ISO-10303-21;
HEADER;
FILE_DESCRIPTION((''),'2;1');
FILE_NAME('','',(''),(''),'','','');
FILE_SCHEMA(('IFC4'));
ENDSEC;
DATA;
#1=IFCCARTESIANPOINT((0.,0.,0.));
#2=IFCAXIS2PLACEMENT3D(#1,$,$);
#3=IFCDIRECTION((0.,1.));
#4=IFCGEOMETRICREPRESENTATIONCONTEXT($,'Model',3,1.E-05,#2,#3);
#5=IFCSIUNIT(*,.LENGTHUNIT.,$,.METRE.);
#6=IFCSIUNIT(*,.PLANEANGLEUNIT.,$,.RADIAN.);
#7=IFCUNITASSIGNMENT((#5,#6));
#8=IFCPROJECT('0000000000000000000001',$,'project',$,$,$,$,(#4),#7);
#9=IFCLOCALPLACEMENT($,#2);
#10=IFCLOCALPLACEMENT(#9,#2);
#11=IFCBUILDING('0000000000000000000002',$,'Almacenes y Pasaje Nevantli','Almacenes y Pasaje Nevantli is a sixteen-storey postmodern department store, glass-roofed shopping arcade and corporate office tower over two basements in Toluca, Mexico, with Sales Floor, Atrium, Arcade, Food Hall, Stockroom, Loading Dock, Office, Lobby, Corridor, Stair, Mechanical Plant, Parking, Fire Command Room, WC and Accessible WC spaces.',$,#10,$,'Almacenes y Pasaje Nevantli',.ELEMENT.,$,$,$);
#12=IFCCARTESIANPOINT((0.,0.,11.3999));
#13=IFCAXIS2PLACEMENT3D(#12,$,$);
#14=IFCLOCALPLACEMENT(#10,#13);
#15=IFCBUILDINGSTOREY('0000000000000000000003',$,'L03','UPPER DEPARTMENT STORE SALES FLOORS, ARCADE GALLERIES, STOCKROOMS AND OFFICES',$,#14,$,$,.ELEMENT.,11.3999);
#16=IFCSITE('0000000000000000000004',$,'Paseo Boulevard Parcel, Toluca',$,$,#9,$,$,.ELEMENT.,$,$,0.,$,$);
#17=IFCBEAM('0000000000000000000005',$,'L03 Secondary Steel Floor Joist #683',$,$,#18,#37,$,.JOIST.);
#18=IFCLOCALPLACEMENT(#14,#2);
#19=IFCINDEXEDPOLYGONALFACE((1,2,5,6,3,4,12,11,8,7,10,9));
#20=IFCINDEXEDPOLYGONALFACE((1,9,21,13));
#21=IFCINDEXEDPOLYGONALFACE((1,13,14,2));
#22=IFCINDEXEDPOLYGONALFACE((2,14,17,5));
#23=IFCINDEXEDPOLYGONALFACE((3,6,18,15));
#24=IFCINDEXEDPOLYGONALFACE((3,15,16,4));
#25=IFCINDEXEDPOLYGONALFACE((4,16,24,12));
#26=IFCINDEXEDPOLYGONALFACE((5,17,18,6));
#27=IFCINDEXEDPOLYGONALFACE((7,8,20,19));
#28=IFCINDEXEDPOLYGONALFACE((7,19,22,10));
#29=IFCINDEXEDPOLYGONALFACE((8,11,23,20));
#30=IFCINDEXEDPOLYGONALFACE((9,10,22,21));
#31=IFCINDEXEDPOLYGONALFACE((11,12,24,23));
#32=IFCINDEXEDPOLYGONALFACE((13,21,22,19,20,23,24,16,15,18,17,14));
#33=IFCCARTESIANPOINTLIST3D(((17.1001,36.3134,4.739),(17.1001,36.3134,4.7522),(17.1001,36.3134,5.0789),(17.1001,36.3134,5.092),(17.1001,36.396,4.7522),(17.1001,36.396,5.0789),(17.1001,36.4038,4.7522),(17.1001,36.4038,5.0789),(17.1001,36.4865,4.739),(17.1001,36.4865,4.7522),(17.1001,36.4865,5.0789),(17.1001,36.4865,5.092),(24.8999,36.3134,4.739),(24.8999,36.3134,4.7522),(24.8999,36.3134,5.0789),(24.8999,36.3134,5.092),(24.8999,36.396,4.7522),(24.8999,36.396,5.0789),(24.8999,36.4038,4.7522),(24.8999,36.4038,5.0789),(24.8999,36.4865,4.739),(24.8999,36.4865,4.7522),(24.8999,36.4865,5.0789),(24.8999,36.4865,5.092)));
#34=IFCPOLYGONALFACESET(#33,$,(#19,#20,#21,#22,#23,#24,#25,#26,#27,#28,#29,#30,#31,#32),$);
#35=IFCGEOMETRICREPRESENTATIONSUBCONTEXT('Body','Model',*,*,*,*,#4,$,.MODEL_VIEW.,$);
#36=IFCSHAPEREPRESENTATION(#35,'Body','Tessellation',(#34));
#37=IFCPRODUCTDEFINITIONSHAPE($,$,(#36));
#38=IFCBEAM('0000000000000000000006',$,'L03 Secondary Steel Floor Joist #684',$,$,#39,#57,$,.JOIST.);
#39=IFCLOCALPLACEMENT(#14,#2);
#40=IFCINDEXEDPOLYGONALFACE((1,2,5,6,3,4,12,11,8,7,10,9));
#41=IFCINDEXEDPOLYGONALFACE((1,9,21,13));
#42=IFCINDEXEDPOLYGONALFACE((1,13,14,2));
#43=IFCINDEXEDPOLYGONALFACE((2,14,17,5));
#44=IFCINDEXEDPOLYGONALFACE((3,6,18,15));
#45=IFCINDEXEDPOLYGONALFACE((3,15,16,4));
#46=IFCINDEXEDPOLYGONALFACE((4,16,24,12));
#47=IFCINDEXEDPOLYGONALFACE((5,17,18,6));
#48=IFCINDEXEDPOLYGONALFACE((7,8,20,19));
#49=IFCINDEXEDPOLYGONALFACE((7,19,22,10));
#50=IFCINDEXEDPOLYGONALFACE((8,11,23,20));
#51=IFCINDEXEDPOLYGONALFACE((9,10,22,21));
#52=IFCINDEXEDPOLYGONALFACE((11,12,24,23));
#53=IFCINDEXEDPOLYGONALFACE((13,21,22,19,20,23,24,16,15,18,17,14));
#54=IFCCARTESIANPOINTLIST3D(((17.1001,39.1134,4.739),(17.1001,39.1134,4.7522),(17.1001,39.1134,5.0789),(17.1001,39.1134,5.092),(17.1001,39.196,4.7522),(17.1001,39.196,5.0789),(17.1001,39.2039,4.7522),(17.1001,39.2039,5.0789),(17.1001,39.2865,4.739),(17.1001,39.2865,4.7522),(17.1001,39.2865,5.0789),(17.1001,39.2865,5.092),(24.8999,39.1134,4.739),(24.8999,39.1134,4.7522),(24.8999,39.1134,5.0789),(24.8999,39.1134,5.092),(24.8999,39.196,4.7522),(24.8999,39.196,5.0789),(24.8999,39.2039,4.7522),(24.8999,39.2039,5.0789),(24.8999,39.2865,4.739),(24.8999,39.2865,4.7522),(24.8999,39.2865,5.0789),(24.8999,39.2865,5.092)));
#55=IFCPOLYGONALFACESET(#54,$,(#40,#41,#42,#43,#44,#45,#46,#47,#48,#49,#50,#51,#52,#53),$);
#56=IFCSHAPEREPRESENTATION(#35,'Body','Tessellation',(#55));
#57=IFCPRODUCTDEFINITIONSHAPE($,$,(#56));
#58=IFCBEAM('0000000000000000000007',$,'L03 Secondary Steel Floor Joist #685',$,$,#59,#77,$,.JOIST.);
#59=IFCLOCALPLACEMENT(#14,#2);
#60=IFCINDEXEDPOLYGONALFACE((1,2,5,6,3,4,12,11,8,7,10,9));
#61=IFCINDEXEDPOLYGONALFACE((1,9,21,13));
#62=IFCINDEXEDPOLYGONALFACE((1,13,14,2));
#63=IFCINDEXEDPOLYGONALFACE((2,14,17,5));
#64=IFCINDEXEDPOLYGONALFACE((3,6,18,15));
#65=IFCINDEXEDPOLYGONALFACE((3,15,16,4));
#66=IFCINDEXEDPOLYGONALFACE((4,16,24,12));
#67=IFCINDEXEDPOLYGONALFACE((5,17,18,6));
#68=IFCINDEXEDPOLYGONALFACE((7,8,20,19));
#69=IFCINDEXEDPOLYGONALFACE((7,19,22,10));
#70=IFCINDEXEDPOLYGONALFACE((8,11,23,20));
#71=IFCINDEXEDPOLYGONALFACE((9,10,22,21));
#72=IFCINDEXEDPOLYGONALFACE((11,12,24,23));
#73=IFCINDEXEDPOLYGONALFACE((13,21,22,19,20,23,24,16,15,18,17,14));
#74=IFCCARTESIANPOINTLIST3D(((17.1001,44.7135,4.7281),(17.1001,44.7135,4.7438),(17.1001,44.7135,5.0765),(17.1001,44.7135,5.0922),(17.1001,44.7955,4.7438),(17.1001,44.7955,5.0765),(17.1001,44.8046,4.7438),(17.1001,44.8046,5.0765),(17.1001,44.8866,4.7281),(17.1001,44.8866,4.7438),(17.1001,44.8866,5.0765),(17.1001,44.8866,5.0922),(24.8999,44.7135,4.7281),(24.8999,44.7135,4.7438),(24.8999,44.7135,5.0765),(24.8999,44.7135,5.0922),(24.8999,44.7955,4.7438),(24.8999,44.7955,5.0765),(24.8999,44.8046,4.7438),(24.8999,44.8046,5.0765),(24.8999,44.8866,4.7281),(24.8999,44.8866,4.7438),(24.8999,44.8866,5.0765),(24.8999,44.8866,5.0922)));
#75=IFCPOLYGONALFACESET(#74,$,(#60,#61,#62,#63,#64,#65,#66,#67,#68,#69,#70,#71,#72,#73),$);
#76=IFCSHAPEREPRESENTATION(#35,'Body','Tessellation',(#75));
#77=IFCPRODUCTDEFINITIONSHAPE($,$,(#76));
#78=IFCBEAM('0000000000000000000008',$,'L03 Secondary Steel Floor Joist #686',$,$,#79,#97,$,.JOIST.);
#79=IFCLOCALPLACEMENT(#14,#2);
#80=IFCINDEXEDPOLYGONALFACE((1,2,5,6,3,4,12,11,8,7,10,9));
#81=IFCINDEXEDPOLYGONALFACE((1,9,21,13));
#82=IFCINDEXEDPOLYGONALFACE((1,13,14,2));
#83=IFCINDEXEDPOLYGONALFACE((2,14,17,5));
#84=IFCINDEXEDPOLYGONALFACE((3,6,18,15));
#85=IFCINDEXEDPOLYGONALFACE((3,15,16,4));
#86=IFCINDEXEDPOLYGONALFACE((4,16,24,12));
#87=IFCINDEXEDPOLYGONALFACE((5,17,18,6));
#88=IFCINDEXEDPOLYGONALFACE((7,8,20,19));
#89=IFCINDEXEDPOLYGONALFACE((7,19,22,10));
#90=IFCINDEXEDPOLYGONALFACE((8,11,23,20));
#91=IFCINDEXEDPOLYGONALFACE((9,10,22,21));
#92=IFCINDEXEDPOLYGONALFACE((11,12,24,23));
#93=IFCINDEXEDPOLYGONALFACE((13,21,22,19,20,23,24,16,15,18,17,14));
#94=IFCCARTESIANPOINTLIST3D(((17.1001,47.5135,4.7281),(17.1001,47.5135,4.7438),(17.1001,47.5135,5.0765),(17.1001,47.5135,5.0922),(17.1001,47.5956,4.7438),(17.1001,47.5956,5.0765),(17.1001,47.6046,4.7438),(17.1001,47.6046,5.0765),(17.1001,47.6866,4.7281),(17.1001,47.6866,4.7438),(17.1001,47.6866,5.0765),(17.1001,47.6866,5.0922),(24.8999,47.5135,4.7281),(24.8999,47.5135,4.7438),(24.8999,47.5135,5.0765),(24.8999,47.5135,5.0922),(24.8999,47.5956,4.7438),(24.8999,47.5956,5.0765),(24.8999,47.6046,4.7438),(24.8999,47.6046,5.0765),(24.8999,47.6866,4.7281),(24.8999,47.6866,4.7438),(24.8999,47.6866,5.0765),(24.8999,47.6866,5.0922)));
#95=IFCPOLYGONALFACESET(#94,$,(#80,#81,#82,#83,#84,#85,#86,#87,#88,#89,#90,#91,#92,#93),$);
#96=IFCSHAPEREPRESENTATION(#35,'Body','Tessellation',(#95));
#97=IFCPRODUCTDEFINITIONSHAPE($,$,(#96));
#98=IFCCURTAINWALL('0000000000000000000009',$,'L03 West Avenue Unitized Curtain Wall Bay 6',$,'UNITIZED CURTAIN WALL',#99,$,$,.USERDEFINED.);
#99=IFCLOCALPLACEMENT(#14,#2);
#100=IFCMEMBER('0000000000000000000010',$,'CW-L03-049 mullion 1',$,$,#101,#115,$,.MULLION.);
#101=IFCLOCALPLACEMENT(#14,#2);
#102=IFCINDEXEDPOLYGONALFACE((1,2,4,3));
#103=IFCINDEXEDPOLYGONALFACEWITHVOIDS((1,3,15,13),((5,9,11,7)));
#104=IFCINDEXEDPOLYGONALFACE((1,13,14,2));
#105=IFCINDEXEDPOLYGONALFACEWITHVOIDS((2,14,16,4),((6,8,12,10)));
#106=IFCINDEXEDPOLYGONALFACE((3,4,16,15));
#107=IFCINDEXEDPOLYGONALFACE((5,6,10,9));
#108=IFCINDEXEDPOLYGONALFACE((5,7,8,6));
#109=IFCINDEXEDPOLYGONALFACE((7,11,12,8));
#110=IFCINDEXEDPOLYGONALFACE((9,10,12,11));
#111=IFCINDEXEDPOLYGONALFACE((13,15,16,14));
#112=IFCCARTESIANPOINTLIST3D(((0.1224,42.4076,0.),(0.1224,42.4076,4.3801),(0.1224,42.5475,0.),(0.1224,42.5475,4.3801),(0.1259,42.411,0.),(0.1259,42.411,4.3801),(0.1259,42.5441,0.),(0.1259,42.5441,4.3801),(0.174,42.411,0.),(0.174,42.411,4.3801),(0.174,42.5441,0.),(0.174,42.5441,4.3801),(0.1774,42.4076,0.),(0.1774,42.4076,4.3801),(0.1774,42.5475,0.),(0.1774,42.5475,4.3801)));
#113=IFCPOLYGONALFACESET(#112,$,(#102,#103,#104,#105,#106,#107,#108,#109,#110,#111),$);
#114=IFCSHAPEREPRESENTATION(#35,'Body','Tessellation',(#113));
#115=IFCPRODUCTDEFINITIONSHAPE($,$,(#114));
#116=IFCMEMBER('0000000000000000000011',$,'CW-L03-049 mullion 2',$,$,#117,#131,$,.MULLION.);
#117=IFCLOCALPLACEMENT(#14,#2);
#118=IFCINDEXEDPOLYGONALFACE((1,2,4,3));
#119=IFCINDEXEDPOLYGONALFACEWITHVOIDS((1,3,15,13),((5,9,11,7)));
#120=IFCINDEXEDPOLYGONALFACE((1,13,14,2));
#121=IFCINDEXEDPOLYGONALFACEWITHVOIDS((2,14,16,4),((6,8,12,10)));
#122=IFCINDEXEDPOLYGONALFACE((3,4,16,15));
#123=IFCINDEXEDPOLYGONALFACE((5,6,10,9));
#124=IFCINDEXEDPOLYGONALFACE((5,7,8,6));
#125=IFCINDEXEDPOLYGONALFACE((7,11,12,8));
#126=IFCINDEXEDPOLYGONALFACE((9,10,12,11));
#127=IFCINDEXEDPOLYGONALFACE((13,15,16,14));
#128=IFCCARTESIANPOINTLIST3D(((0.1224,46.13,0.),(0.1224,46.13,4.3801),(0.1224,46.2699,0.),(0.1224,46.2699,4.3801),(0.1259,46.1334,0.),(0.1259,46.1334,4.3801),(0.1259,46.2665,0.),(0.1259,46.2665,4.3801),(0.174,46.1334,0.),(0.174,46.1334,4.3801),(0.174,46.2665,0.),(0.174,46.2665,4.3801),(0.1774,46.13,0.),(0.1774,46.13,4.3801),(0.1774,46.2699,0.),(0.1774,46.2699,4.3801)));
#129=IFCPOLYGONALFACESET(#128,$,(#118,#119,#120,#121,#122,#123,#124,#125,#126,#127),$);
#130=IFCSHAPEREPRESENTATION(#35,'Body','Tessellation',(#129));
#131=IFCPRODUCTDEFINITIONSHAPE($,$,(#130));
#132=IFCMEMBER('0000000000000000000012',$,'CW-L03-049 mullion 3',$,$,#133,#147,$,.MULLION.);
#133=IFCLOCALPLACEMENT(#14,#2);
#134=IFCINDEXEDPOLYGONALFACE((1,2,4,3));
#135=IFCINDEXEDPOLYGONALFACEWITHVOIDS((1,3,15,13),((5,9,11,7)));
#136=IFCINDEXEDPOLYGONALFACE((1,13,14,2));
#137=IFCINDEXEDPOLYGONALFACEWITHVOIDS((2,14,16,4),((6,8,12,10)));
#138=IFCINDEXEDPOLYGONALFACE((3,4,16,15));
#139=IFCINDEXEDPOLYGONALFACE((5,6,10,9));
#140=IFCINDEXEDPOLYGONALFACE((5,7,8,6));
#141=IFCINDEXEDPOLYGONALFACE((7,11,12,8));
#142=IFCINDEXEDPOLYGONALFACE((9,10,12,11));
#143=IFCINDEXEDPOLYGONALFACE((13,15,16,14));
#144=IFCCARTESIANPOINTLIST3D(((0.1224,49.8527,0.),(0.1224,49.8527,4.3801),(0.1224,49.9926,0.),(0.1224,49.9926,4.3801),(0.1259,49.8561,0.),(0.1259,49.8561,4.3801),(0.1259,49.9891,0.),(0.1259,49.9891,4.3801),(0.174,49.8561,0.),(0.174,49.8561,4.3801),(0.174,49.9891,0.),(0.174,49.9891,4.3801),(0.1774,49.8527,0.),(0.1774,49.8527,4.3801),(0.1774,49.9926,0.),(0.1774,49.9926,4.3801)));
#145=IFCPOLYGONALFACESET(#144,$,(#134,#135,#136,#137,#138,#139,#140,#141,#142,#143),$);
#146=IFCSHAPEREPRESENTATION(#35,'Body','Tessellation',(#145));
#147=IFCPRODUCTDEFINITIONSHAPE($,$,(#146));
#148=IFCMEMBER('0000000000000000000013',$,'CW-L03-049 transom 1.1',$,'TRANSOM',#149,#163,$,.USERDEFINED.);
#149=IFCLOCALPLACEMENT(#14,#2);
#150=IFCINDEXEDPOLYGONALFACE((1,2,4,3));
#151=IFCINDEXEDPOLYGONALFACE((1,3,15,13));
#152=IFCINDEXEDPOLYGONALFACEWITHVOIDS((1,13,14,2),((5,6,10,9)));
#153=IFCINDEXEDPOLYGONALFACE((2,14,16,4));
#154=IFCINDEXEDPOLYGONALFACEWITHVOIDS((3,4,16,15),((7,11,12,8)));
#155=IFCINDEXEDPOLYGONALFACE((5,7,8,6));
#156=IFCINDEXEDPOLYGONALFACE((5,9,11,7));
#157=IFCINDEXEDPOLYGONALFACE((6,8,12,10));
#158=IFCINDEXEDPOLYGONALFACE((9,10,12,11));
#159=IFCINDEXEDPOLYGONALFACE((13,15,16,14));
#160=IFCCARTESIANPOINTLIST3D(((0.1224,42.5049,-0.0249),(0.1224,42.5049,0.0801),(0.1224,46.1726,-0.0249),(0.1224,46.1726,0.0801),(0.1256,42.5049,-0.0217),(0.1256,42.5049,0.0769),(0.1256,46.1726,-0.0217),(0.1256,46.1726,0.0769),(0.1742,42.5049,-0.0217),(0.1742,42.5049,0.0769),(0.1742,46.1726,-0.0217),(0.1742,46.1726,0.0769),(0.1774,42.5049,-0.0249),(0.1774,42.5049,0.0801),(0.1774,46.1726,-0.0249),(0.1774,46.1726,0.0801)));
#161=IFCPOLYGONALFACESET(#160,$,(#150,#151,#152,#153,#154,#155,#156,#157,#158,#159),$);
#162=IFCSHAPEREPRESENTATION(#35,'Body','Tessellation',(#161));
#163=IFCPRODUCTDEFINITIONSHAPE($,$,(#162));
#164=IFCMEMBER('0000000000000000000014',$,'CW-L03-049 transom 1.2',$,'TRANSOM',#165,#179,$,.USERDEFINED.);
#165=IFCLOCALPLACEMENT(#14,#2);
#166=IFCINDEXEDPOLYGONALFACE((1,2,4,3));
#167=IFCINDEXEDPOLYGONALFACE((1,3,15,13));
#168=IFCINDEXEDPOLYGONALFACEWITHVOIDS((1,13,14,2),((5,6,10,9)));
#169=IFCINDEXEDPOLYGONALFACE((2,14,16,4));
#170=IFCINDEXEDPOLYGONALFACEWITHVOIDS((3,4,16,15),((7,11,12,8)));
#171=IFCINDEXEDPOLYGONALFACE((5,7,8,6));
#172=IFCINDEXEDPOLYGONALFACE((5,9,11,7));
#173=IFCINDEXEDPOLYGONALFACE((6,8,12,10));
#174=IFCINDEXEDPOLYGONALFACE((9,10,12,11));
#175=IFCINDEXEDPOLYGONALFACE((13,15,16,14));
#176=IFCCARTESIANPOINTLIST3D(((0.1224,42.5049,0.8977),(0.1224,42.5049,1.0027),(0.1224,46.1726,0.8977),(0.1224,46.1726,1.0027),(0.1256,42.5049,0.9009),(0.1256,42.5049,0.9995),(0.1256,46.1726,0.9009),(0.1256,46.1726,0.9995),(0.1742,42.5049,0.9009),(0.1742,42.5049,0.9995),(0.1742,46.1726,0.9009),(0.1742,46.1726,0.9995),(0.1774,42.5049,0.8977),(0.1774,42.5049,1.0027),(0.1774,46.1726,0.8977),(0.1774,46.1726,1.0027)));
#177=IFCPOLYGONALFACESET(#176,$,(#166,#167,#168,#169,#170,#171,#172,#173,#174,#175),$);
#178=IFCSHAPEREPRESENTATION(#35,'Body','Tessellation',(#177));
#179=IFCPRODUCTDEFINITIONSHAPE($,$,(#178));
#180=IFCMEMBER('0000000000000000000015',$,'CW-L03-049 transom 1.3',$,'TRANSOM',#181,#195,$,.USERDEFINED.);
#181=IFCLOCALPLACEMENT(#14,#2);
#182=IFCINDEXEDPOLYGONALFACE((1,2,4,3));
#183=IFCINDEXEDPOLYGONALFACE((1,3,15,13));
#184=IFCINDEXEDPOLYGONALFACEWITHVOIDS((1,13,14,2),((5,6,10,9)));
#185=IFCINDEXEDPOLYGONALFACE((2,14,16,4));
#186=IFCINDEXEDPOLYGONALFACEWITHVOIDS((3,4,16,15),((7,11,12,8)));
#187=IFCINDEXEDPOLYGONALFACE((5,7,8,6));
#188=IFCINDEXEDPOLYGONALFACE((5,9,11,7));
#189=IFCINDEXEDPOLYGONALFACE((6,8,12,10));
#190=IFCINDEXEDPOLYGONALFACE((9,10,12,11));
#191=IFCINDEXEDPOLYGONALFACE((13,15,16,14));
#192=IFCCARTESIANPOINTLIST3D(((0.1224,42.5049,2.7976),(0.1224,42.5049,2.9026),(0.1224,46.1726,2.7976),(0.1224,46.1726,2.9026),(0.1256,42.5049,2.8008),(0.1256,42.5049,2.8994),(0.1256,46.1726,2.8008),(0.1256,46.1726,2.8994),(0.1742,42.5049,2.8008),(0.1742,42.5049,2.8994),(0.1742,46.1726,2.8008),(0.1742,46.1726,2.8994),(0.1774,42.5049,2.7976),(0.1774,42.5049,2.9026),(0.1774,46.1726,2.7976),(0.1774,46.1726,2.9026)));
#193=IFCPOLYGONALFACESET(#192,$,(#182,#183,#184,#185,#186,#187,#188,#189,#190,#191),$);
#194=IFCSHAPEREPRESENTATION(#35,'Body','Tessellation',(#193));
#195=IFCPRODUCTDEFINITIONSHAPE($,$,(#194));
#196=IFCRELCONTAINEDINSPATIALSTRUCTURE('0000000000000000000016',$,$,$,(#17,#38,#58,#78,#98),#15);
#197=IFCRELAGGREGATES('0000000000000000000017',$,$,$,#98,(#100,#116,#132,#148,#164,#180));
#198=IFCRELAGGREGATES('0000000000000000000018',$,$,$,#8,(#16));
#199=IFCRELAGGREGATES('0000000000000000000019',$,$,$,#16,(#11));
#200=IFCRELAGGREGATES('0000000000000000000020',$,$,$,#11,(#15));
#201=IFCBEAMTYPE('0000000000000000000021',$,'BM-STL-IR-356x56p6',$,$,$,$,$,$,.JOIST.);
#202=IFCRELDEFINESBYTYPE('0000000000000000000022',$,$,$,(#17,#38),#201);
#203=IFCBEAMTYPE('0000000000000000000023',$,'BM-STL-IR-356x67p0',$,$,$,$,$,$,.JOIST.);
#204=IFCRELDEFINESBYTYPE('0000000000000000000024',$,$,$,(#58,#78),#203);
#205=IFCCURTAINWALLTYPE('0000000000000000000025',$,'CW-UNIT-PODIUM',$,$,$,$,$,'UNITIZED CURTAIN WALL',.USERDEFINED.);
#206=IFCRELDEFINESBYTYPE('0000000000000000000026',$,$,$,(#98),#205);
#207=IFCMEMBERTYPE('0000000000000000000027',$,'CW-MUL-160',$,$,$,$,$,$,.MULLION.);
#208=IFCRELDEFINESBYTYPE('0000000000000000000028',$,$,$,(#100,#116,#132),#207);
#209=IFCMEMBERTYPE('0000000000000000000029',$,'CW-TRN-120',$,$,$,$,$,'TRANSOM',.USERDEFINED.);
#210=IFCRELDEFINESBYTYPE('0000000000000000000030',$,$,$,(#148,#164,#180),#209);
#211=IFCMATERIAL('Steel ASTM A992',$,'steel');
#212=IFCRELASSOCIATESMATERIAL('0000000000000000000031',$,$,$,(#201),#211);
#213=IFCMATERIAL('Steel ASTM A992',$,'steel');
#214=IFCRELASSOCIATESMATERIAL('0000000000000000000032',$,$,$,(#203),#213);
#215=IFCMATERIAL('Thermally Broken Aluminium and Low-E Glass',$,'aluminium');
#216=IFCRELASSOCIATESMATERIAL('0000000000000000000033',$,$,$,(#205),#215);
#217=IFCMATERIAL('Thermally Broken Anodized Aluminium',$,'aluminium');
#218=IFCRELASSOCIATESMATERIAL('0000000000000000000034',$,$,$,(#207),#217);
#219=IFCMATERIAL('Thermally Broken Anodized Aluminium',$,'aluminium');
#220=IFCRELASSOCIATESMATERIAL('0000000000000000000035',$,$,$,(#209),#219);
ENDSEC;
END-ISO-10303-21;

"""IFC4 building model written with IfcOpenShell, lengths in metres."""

from ifc_helpers import new_model, si_unit, direction, frame, origin, origin_2d, place, context, subcontext, project, spatial, hollow_rectangle, i_section, extrude, material, material_profile, profile_set, type_object, element, aggregate, save


model = new_model("IFC4")

# Units and contexts
model_context = context("Model", 3, precision=1e-05, world=origin(), true_north=direction((0.0, 1.0)))
body_context = subcontext(model_context, "Body", "Model", "MODEL_VIEW")
ifc_project = project(units=[si_unit("LENGTHUNIT", "METRE"), si_unit("PLANEANGLEUNIT", "RADIAN")], contexts=[model_context])

# Site, building, storey
site_placement = place(None, origin())
site = spatial("IfcSite", under=ifc_project, at=site_placement, Name="Paseo Boulevard Parcel, Toluca", CompositionType="ELEMENT", RefElevation=0.0)
building_placement = place(site_placement, origin())
building = spatial("IfcBuilding", under=site, at=building_placement, Name="Almacenes y Pasaje Nevantli", Description="Almacenes y Pasaje Nevantli is a sixteen-storey postmodern department store, glass-roofed shopping arcade and corporate office tower over two basements in Toluca, Mexico, with Sales Floor, Atrium, Arcade, Food Hall, Stockroom, Loading Dock, Office, Lobby, Corridor, Stair, Mechanical Plant, Parking, Fire Command Room, WC and Accessible WC spaces.", LongName="Almacenes y Pasaje Nevantli", CompositionType="ELEMENT")
storey_placement = place(building_placement, frame((0.0, 0.0, 11.3999)))
storey = spatial("IfcBuildingStorey", under=building, at=storey_placement, Name="L03", Description="UPPER DEPARTMENT STORE SALES FLOORS, ARCADE GALLERIES, STOCKROOMS AND OFFICES", CompositionType="ELEMENT", Elevation=11.3999)

# Beams
ifc_material_1 = material(Name="Steel ASTM A992", Category="steel")
ifc_material_profile_1 = material_profile(ifc_material_1, i_section(OverallWidth=0.1731, OverallDepth=0.353, WebThickness=0.0078, FlangeThickness=0.0132, at=origin_2d()), Name="IR 356x56.6")
ifc_profile_set_1 = profile_set([ifc_material_profile_1], Name="Steel ASTM A992")
beam_type_1 = type_object("IfcBeamType", Name="BM-STL-IR-356x56p6", PredefinedType="JOIST", material=ifc_profile_set_1)
for number, where, z_axis, x_axis, name in (
    (1, (17.1001, 36.3999, 4.9155), (1.0, 0.0, 0.0), (0.0, 1.0, 0.0), "L03 Secondary Steel Floor Joist #683"),
    (2, (17.1001, 39.2, 4.9155), (1.0, 0.0, 0.0), (0.0, 1.0, 0.0), "L03 Secondary Steel Floor Joist #684"),
):
    element("IfcBeam", number, at=place(storey_placement, frame(where, z_axis=z_axis, x_axis=x_axis)), inside=storey, type_object=beam_type_1, Name=name, PredefinedType="JOIST", context=body_context, shape_type="SweptSolid", body=[
        extrude(i_section(OverallWidth=0.1731, OverallDepth=0.353, WebThickness=0.0078, FlangeThickness=0.0132, at=origin_2d()), origin(), (0.0, 0.0, 1.0), 7.7998),
    ])
ifc_material_2 = material(Name="Steel ASTM A992", Category="steel")
ifc_material_profile_2 = material_profile(ifc_material_2, i_section(OverallWidth=0.1731, OverallDepth=0.364, WebThickness=0.009, FlangeThickness=0.0156, at=origin_2d()), Name="IR 356x67.0")
ifc_profile_set_2 = profile_set([ifc_material_profile_2], Name="Steel ASTM A992")
beam_type_2 = type_object("IfcBeamType", Name="BM-STL-IR-356x67p0", PredefinedType="JOIST", material=ifc_profile_set_2)
for number, where, z_axis, x_axis, name in (
    (3, (17.1001, 44.8, 4.9102), (1.0, 0.0, 0.0), (0.0, 1.0, 0.0), "L03 Secondary Steel Floor Joist #685"),
    (4, (17.1001, 47.6001, 4.9102), (1.0, 0.0, 0.0), (0.0, 1.0, 0.0), "L03 Secondary Steel Floor Joist #686"),
):
    element("IfcBeam", number, at=place(storey_placement, frame(where, z_axis=z_axis, x_axis=x_axis)), inside=storey, type_object=beam_type_2, Name=name, PredefinedType="JOIST", context=body_context, shape_type="SweptSolid", body=[
        extrude(i_section(OverallWidth=0.1731, OverallDepth=0.364, WebThickness=0.009, FlangeThickness=0.0156, at=origin_2d()), origin(), (0.0, 0.0, 1.0), 7.7998),
    ])

# Curtain wall, members
ifc_material_3 = material(Name="Thermally Broken Aluminium and Low-E Glass", Category="aluminium")
curtain_wall_type = type_object("IfcCurtainWallType", Name="CW-UNIT-PODIUM", ElementType="UNITIZED CURTAIN WALL", PredefinedType="USERDEFINED", material=ifc_material_3)
curtain_wall_placement = place(storey_placement, origin())
curtain_wall = element("IfcCurtainWall", 5, at=curtain_wall_placement, inside=storey, type_object=curtain_wall_type, Name="L03 West Avenue Unitized Curtain Wall Bay 6", ObjectType="UNITIZED CURTAIN WALL", PredefinedType="USERDEFINED")
ifc_material_4 = material(Name="Thermally Broken Anodized Aluminium", Category="aluminium")
ifc_material_profile_3 = material_profile(ifc_material_4, hollow_rectangle(XDim=0.0549, YDim=0.1399, WallThickness=0.0034, at=origin_2d()), Name="ALU-MUL-55x140")
ifc_profile_set_3 = profile_set([ifc_material_profile_3], Name="Thermally Broken Anodized Aluminium")
member_type_1 = type_object("IfcMemberType", Name="CW-MUL-160", PredefinedType="MULLION", material=ifc_profile_set_3)
member_1_placement = place(storey_placement, frame((0.1499, 42.4775, 0.0), z_axis=(0.0, 0.0, 1.0), x_axis=(-1.0, 0.0, 0.0)))
member_1 = element("IfcMember", 6, at=member_1_placement, type_object=member_type_1, Name="CW-L03-049 mullion 1", PredefinedType="MULLION", context=body_context, shape_type="SweptSolid", body=[
    extrude(hollow_rectangle(XDim=0.0549, YDim=0.1399, WallThickness=0.0034, at=origin_2d()), origin(), (0.0, 0.0, 1.0), 4.3801),
])
member_2_placement = place(storey_placement, frame((0.1499, 46.2, 0.0), z_axis=(0.0, 0.0, 1.0), x_axis=(-1.0, 0.0, 0.0)))
member_2 = element("IfcMember", 7, at=member_2_placement, type_object=member_type_1, Name="CW-L03-049 mullion 2", PredefinedType="MULLION", context=body_context, shape_type="SweptSolid", body=[
    extrude(hollow_rectangle(XDim=0.0549, YDim=0.1399, WallThickness=0.0034, at=origin_2d()), origin(), (0.0, 0.0, 1.0), 4.3801),
])
member_3_placement = place(storey_placement, frame((0.1499, 49.9226, 0.0), z_axis=(0.0, 0.0, 1.0), x_axis=(-1.0, 0.0, 0.0)))
member_3 = element("IfcMember", 8, at=member_3_placement, type_object=member_type_1, Name="CW-L03-049 mullion 3", PredefinedType="MULLION", context=body_context, shape_type="SweptSolid", body=[
    extrude(hollow_rectangle(XDim=0.0549, YDim=0.1399, WallThickness=0.0034, at=origin_2d()), origin(), (0.0, 0.0, 1.0), 4.3801),
])
ifc_material_5 = material(Name="Thermally Broken Anodized Aluminium", Category="aluminium")
ifc_material_profile_4 = material_profile(ifc_material_5, hollow_rectangle(XDim=0.0549, YDim=0.105, WallThickness=0.0032, at=origin_2d()), Name="ALU-TRN-55x105")
ifc_profile_set_4 = profile_set([ifc_material_profile_4], Name="Thermally Broken Anodized Aluminium")
member_type_2 = type_object("IfcMemberType", Name="CW-TRN-120", ElementType="TRANSOM", PredefinedType="USERDEFINED", material=ifc_profile_set_4)
member_4_placement = place(storey_placement, frame((0.1499, 42.5049, 0.0276), z_axis=(0.0, 1.0, 0.0), x_axis=(-1.0, 0.0, 0.0)))
member_4 = element("IfcMember", 9, at=member_4_placement, type_object=member_type_2, Name="CW-L03-049 transom 1.1", ObjectType="TRANSOM", PredefinedType="USERDEFINED", context=body_context, shape_type="SweptSolid", body=[
    extrude(hollow_rectangle(XDim=0.0549, YDim=0.105, WallThickness=0.0032, at=origin_2d()), origin(), (0.0, 0.0, 1.0), 3.6677),
])
member_5_placement = place(storey_placement, frame((0.1499, 42.5049, 0.9502), z_axis=(0.0, 1.0, 0.0), x_axis=(-1.0, 0.0, 0.0)))
member_5 = element("IfcMember", 10, at=member_5_placement, type_object=member_type_2, Name="CW-L03-049 transom 1.2", ObjectType="TRANSOM", PredefinedType="USERDEFINED", context=body_context, shape_type="SweptSolid", body=[
    extrude(hollow_rectangle(XDim=0.0549, YDim=0.105, WallThickness=0.0032, at=origin_2d()), origin(), (0.0, 0.0, 1.0), 3.6677),
])
member_6_placement = place(storey_placement, frame((0.1499, 42.5049, 2.8501), z_axis=(0.0, 1.0, 0.0), x_axis=(-1.0, 0.0, 0.0)))
member_6 = element("IfcMember", 11, at=member_6_placement, type_object=member_type_2, Name="CW-L03-049 transom 1.3", ObjectType="TRANSOM", PredefinedType="USERDEFINED", context=body_context, shape_type="SweptSolid", body=[
    extrude(hollow_rectangle(XDim=0.0549, YDim=0.105, WallThickness=0.0032, at=origin_2d()), origin(), (0.0, 0.0, 1.0), 3.6677),
])
aggregate(curtain_wall, [member_1, member_2, member_3, member_4, member_5, member_6])

save(model, "model.ifc")
